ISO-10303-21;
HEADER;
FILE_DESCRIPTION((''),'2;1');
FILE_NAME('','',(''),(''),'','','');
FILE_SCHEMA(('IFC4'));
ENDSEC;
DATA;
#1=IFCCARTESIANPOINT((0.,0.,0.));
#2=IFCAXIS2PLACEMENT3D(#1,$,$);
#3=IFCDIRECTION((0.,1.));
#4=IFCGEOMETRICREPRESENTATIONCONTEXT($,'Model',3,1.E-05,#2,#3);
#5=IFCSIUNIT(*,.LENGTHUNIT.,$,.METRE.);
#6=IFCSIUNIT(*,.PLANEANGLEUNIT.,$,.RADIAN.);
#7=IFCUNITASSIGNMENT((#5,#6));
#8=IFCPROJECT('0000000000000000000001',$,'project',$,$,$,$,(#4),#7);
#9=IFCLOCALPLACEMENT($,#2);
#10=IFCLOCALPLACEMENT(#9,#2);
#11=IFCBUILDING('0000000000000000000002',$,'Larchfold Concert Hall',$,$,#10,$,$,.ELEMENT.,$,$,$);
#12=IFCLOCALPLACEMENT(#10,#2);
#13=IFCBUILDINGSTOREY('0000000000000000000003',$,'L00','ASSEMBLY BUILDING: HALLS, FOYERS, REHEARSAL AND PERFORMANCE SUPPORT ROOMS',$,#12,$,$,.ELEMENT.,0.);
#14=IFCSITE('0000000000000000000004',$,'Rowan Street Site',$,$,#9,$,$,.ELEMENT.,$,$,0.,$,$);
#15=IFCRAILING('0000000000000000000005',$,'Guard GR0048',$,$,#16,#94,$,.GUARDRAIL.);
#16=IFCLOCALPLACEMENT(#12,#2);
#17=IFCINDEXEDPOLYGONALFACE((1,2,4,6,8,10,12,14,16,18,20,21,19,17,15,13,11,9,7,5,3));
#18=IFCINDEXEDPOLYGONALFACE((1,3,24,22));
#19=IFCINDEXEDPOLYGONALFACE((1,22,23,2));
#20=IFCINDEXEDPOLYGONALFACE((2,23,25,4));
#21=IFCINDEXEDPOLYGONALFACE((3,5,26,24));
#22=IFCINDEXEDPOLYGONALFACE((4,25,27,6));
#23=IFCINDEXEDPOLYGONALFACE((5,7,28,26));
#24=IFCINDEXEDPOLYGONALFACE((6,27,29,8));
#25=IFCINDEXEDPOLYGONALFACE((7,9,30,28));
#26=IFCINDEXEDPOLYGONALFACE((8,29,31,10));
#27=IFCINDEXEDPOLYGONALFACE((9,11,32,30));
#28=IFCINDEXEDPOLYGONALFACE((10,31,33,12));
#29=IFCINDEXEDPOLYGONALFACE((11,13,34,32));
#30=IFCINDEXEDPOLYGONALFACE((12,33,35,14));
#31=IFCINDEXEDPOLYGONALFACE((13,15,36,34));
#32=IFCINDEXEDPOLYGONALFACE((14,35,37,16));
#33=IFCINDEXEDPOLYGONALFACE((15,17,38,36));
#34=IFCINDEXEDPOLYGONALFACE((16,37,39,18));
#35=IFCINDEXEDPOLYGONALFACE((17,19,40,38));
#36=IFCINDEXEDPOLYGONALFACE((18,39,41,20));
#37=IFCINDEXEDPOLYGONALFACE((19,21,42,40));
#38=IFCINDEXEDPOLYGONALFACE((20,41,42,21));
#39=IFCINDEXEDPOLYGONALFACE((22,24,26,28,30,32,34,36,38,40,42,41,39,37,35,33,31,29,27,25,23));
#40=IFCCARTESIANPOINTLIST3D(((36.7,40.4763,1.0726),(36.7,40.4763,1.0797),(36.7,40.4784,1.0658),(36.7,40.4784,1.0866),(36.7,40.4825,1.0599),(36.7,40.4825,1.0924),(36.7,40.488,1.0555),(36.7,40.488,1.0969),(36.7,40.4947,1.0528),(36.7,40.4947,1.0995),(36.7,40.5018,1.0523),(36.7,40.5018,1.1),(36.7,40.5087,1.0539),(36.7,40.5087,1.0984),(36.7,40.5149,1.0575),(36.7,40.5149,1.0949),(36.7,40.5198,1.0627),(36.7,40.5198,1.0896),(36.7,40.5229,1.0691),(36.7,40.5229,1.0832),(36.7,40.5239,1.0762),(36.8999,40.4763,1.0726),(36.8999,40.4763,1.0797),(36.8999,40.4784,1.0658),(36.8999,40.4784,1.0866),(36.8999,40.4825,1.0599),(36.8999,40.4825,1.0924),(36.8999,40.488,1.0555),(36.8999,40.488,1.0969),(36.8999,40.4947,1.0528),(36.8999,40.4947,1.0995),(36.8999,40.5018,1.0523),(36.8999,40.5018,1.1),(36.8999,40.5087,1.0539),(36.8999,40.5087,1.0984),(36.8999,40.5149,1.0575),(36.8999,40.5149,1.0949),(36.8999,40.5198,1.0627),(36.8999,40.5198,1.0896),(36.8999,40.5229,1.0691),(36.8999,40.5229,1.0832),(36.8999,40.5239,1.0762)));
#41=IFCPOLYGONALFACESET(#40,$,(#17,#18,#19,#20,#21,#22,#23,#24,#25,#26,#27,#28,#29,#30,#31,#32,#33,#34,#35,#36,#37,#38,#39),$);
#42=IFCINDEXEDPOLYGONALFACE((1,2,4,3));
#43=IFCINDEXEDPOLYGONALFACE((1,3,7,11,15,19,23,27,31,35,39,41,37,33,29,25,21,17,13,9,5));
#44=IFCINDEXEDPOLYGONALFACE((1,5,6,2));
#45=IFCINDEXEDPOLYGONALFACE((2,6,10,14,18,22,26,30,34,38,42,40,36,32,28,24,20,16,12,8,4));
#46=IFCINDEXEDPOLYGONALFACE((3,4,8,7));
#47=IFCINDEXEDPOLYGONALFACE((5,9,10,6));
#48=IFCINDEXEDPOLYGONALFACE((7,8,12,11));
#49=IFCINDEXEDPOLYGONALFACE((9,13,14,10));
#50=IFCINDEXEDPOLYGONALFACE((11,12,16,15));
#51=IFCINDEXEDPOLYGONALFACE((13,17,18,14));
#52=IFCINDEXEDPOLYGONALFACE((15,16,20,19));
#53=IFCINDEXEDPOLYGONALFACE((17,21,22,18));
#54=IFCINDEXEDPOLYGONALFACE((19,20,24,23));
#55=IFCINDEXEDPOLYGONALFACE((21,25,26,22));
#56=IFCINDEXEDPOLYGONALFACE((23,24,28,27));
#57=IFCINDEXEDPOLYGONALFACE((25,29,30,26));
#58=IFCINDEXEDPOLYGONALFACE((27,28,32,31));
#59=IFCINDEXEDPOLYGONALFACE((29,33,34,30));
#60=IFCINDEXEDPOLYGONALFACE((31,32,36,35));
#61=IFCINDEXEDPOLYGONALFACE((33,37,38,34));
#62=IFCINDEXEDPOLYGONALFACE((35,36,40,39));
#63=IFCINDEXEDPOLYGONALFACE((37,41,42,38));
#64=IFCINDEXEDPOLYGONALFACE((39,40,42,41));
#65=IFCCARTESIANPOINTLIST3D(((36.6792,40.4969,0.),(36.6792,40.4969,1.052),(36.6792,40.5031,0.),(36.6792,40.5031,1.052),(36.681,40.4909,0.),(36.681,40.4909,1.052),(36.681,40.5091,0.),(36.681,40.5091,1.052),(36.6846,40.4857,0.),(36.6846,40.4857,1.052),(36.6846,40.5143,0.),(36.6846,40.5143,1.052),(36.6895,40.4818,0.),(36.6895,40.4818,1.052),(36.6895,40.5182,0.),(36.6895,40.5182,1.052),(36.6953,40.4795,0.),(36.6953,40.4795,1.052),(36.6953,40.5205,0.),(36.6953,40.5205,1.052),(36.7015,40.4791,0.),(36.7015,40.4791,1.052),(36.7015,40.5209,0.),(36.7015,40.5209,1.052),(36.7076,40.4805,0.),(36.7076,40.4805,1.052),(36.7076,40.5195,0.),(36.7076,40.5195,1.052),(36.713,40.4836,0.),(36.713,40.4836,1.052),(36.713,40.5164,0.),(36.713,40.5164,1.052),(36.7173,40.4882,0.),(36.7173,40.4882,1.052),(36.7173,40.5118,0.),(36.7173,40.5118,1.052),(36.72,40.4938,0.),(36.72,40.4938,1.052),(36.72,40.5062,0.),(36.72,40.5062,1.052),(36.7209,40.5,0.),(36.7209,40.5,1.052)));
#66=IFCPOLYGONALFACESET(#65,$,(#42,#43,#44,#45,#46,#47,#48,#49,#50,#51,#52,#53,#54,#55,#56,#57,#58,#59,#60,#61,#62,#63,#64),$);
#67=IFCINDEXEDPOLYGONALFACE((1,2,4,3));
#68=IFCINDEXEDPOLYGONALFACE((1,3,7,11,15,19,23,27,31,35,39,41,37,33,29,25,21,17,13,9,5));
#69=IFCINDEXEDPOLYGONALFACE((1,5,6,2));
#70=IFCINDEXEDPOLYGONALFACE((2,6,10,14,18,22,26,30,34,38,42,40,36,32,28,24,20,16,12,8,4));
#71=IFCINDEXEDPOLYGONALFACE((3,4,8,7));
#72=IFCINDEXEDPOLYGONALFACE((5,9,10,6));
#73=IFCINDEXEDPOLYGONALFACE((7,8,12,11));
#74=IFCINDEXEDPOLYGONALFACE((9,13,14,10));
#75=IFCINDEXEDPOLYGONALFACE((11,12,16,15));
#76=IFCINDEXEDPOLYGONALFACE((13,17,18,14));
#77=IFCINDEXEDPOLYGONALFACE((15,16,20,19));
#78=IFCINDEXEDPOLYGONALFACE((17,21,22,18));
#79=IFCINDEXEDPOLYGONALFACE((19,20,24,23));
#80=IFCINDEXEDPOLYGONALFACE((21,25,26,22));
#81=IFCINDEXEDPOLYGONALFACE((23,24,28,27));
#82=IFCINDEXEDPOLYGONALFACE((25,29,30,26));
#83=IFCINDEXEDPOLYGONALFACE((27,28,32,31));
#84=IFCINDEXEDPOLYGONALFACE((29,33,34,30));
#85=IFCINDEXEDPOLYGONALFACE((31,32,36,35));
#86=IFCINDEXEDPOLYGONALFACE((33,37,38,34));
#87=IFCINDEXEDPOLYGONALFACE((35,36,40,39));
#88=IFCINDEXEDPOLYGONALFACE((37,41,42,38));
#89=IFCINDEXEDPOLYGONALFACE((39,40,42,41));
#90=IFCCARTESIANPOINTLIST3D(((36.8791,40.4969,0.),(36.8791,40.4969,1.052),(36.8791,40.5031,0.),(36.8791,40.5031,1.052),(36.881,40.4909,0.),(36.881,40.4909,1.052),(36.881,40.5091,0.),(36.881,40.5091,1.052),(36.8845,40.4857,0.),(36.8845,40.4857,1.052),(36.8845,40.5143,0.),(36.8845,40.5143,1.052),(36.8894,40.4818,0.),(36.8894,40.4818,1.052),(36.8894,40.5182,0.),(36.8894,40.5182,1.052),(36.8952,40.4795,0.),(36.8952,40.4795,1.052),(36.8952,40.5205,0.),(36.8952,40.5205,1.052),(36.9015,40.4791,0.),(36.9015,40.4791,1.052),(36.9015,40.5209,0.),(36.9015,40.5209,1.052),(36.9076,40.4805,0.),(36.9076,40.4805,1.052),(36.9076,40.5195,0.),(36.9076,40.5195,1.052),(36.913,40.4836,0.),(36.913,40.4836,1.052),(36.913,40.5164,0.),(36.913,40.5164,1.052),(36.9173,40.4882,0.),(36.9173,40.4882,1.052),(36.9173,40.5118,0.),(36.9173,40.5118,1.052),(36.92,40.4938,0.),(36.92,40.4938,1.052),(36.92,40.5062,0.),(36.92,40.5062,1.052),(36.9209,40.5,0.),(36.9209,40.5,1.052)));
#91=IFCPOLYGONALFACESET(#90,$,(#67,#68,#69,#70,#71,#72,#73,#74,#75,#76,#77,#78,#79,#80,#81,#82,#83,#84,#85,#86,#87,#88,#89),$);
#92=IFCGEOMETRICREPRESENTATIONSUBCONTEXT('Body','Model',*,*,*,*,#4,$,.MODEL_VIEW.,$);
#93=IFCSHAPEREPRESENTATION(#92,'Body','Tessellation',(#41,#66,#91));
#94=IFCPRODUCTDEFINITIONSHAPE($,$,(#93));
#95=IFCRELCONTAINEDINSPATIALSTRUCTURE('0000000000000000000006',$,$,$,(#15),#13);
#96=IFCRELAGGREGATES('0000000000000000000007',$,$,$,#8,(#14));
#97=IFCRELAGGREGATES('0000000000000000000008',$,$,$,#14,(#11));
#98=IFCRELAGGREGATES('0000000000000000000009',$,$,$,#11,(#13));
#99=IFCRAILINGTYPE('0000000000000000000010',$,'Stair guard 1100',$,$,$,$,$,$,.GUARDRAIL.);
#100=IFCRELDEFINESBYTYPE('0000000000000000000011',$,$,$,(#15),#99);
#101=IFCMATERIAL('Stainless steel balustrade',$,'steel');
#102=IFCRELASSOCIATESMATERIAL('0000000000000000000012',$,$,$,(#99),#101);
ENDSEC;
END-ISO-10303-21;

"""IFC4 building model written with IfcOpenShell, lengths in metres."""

from ifc_helpers import new_model, si_unit, direction, frame, origin, origin_2d, place, context, subcontext, project, spatial, circle, extrude, material, type_object, element, save


model = new_model("IFC4")

# Units and contexts
model_context = context("Model", 3, precision=1e-05, world=origin(), true_north=direction((0.0, 1.0)))
body_context = subcontext(model_context, "Body", "Model", "MODEL_VIEW")
ifc_project = project(units=[si_unit("LENGTHUNIT", "METRE"), si_unit("PLANEANGLEUNIT", "RADIAN")], contexts=[model_context])

# Site, building, storey
site_placement = place(None, origin())
site = spatial("IfcSite", under=ifc_project, at=site_placement, Name="Rowan Street Site", CompositionType="ELEMENT", RefElevation=0.0)
building_placement = place(site_placement, origin())
building = spatial("IfcBuilding", under=site, at=building_placement, Name="Larchfold Concert Hall", CompositionType="ELEMENT")
storey_placement = place(building_placement, origin())
storey = spatial("IfcBuildingStorey", under=building, at=storey_placement, Name="L00", Description="ASSEMBLY BUILDING: HALLS, FOYERS, REHEARSAL AND PERFORMANCE SUPPORT ROOMS", CompositionType="ELEMENT", Elevation=0.0)

# Railing
ifc_material_1 = material(Name="Stainless steel balustrade", Category="steel")
railing_type_1 = type_object("IfcRailingType", Name="Stair guard 1100", PredefinedType="GUARDRAIL", material=ifc_material_1)
railing_1_placement = place(storey_placement, frame((36.7, 40.5, 0.0)))
element("IfcRailing", 1, at=railing_1_placement, inside=storey, type_object=railing_type_1, Name="Guard GR0048", PredefinedType="GUARDRAIL", context=body_context, shape_type="SweptSolid", body=[
    extrude(circle(Radius=0.0239, at=origin_2d()), frame((0.0, 0.0, 1.0762), z_axis=(1.0, 0.0, 0.0), x_axis=(0.0, 1.0, 0.0)), (0.0, 0.0, 1.0), 0.2),
    extrude(circle(Radius=0.021, at=origin_2d()), origin(), (0.0, 0.0, 1.0), 1.052),
    extrude(circle(Radius=0.021, at=origin_2d()), frame((0.2, 0.0, 0.0)), (0.0, 0.0, 1.0), 1.052),
])

save(model, "model.ifc")
